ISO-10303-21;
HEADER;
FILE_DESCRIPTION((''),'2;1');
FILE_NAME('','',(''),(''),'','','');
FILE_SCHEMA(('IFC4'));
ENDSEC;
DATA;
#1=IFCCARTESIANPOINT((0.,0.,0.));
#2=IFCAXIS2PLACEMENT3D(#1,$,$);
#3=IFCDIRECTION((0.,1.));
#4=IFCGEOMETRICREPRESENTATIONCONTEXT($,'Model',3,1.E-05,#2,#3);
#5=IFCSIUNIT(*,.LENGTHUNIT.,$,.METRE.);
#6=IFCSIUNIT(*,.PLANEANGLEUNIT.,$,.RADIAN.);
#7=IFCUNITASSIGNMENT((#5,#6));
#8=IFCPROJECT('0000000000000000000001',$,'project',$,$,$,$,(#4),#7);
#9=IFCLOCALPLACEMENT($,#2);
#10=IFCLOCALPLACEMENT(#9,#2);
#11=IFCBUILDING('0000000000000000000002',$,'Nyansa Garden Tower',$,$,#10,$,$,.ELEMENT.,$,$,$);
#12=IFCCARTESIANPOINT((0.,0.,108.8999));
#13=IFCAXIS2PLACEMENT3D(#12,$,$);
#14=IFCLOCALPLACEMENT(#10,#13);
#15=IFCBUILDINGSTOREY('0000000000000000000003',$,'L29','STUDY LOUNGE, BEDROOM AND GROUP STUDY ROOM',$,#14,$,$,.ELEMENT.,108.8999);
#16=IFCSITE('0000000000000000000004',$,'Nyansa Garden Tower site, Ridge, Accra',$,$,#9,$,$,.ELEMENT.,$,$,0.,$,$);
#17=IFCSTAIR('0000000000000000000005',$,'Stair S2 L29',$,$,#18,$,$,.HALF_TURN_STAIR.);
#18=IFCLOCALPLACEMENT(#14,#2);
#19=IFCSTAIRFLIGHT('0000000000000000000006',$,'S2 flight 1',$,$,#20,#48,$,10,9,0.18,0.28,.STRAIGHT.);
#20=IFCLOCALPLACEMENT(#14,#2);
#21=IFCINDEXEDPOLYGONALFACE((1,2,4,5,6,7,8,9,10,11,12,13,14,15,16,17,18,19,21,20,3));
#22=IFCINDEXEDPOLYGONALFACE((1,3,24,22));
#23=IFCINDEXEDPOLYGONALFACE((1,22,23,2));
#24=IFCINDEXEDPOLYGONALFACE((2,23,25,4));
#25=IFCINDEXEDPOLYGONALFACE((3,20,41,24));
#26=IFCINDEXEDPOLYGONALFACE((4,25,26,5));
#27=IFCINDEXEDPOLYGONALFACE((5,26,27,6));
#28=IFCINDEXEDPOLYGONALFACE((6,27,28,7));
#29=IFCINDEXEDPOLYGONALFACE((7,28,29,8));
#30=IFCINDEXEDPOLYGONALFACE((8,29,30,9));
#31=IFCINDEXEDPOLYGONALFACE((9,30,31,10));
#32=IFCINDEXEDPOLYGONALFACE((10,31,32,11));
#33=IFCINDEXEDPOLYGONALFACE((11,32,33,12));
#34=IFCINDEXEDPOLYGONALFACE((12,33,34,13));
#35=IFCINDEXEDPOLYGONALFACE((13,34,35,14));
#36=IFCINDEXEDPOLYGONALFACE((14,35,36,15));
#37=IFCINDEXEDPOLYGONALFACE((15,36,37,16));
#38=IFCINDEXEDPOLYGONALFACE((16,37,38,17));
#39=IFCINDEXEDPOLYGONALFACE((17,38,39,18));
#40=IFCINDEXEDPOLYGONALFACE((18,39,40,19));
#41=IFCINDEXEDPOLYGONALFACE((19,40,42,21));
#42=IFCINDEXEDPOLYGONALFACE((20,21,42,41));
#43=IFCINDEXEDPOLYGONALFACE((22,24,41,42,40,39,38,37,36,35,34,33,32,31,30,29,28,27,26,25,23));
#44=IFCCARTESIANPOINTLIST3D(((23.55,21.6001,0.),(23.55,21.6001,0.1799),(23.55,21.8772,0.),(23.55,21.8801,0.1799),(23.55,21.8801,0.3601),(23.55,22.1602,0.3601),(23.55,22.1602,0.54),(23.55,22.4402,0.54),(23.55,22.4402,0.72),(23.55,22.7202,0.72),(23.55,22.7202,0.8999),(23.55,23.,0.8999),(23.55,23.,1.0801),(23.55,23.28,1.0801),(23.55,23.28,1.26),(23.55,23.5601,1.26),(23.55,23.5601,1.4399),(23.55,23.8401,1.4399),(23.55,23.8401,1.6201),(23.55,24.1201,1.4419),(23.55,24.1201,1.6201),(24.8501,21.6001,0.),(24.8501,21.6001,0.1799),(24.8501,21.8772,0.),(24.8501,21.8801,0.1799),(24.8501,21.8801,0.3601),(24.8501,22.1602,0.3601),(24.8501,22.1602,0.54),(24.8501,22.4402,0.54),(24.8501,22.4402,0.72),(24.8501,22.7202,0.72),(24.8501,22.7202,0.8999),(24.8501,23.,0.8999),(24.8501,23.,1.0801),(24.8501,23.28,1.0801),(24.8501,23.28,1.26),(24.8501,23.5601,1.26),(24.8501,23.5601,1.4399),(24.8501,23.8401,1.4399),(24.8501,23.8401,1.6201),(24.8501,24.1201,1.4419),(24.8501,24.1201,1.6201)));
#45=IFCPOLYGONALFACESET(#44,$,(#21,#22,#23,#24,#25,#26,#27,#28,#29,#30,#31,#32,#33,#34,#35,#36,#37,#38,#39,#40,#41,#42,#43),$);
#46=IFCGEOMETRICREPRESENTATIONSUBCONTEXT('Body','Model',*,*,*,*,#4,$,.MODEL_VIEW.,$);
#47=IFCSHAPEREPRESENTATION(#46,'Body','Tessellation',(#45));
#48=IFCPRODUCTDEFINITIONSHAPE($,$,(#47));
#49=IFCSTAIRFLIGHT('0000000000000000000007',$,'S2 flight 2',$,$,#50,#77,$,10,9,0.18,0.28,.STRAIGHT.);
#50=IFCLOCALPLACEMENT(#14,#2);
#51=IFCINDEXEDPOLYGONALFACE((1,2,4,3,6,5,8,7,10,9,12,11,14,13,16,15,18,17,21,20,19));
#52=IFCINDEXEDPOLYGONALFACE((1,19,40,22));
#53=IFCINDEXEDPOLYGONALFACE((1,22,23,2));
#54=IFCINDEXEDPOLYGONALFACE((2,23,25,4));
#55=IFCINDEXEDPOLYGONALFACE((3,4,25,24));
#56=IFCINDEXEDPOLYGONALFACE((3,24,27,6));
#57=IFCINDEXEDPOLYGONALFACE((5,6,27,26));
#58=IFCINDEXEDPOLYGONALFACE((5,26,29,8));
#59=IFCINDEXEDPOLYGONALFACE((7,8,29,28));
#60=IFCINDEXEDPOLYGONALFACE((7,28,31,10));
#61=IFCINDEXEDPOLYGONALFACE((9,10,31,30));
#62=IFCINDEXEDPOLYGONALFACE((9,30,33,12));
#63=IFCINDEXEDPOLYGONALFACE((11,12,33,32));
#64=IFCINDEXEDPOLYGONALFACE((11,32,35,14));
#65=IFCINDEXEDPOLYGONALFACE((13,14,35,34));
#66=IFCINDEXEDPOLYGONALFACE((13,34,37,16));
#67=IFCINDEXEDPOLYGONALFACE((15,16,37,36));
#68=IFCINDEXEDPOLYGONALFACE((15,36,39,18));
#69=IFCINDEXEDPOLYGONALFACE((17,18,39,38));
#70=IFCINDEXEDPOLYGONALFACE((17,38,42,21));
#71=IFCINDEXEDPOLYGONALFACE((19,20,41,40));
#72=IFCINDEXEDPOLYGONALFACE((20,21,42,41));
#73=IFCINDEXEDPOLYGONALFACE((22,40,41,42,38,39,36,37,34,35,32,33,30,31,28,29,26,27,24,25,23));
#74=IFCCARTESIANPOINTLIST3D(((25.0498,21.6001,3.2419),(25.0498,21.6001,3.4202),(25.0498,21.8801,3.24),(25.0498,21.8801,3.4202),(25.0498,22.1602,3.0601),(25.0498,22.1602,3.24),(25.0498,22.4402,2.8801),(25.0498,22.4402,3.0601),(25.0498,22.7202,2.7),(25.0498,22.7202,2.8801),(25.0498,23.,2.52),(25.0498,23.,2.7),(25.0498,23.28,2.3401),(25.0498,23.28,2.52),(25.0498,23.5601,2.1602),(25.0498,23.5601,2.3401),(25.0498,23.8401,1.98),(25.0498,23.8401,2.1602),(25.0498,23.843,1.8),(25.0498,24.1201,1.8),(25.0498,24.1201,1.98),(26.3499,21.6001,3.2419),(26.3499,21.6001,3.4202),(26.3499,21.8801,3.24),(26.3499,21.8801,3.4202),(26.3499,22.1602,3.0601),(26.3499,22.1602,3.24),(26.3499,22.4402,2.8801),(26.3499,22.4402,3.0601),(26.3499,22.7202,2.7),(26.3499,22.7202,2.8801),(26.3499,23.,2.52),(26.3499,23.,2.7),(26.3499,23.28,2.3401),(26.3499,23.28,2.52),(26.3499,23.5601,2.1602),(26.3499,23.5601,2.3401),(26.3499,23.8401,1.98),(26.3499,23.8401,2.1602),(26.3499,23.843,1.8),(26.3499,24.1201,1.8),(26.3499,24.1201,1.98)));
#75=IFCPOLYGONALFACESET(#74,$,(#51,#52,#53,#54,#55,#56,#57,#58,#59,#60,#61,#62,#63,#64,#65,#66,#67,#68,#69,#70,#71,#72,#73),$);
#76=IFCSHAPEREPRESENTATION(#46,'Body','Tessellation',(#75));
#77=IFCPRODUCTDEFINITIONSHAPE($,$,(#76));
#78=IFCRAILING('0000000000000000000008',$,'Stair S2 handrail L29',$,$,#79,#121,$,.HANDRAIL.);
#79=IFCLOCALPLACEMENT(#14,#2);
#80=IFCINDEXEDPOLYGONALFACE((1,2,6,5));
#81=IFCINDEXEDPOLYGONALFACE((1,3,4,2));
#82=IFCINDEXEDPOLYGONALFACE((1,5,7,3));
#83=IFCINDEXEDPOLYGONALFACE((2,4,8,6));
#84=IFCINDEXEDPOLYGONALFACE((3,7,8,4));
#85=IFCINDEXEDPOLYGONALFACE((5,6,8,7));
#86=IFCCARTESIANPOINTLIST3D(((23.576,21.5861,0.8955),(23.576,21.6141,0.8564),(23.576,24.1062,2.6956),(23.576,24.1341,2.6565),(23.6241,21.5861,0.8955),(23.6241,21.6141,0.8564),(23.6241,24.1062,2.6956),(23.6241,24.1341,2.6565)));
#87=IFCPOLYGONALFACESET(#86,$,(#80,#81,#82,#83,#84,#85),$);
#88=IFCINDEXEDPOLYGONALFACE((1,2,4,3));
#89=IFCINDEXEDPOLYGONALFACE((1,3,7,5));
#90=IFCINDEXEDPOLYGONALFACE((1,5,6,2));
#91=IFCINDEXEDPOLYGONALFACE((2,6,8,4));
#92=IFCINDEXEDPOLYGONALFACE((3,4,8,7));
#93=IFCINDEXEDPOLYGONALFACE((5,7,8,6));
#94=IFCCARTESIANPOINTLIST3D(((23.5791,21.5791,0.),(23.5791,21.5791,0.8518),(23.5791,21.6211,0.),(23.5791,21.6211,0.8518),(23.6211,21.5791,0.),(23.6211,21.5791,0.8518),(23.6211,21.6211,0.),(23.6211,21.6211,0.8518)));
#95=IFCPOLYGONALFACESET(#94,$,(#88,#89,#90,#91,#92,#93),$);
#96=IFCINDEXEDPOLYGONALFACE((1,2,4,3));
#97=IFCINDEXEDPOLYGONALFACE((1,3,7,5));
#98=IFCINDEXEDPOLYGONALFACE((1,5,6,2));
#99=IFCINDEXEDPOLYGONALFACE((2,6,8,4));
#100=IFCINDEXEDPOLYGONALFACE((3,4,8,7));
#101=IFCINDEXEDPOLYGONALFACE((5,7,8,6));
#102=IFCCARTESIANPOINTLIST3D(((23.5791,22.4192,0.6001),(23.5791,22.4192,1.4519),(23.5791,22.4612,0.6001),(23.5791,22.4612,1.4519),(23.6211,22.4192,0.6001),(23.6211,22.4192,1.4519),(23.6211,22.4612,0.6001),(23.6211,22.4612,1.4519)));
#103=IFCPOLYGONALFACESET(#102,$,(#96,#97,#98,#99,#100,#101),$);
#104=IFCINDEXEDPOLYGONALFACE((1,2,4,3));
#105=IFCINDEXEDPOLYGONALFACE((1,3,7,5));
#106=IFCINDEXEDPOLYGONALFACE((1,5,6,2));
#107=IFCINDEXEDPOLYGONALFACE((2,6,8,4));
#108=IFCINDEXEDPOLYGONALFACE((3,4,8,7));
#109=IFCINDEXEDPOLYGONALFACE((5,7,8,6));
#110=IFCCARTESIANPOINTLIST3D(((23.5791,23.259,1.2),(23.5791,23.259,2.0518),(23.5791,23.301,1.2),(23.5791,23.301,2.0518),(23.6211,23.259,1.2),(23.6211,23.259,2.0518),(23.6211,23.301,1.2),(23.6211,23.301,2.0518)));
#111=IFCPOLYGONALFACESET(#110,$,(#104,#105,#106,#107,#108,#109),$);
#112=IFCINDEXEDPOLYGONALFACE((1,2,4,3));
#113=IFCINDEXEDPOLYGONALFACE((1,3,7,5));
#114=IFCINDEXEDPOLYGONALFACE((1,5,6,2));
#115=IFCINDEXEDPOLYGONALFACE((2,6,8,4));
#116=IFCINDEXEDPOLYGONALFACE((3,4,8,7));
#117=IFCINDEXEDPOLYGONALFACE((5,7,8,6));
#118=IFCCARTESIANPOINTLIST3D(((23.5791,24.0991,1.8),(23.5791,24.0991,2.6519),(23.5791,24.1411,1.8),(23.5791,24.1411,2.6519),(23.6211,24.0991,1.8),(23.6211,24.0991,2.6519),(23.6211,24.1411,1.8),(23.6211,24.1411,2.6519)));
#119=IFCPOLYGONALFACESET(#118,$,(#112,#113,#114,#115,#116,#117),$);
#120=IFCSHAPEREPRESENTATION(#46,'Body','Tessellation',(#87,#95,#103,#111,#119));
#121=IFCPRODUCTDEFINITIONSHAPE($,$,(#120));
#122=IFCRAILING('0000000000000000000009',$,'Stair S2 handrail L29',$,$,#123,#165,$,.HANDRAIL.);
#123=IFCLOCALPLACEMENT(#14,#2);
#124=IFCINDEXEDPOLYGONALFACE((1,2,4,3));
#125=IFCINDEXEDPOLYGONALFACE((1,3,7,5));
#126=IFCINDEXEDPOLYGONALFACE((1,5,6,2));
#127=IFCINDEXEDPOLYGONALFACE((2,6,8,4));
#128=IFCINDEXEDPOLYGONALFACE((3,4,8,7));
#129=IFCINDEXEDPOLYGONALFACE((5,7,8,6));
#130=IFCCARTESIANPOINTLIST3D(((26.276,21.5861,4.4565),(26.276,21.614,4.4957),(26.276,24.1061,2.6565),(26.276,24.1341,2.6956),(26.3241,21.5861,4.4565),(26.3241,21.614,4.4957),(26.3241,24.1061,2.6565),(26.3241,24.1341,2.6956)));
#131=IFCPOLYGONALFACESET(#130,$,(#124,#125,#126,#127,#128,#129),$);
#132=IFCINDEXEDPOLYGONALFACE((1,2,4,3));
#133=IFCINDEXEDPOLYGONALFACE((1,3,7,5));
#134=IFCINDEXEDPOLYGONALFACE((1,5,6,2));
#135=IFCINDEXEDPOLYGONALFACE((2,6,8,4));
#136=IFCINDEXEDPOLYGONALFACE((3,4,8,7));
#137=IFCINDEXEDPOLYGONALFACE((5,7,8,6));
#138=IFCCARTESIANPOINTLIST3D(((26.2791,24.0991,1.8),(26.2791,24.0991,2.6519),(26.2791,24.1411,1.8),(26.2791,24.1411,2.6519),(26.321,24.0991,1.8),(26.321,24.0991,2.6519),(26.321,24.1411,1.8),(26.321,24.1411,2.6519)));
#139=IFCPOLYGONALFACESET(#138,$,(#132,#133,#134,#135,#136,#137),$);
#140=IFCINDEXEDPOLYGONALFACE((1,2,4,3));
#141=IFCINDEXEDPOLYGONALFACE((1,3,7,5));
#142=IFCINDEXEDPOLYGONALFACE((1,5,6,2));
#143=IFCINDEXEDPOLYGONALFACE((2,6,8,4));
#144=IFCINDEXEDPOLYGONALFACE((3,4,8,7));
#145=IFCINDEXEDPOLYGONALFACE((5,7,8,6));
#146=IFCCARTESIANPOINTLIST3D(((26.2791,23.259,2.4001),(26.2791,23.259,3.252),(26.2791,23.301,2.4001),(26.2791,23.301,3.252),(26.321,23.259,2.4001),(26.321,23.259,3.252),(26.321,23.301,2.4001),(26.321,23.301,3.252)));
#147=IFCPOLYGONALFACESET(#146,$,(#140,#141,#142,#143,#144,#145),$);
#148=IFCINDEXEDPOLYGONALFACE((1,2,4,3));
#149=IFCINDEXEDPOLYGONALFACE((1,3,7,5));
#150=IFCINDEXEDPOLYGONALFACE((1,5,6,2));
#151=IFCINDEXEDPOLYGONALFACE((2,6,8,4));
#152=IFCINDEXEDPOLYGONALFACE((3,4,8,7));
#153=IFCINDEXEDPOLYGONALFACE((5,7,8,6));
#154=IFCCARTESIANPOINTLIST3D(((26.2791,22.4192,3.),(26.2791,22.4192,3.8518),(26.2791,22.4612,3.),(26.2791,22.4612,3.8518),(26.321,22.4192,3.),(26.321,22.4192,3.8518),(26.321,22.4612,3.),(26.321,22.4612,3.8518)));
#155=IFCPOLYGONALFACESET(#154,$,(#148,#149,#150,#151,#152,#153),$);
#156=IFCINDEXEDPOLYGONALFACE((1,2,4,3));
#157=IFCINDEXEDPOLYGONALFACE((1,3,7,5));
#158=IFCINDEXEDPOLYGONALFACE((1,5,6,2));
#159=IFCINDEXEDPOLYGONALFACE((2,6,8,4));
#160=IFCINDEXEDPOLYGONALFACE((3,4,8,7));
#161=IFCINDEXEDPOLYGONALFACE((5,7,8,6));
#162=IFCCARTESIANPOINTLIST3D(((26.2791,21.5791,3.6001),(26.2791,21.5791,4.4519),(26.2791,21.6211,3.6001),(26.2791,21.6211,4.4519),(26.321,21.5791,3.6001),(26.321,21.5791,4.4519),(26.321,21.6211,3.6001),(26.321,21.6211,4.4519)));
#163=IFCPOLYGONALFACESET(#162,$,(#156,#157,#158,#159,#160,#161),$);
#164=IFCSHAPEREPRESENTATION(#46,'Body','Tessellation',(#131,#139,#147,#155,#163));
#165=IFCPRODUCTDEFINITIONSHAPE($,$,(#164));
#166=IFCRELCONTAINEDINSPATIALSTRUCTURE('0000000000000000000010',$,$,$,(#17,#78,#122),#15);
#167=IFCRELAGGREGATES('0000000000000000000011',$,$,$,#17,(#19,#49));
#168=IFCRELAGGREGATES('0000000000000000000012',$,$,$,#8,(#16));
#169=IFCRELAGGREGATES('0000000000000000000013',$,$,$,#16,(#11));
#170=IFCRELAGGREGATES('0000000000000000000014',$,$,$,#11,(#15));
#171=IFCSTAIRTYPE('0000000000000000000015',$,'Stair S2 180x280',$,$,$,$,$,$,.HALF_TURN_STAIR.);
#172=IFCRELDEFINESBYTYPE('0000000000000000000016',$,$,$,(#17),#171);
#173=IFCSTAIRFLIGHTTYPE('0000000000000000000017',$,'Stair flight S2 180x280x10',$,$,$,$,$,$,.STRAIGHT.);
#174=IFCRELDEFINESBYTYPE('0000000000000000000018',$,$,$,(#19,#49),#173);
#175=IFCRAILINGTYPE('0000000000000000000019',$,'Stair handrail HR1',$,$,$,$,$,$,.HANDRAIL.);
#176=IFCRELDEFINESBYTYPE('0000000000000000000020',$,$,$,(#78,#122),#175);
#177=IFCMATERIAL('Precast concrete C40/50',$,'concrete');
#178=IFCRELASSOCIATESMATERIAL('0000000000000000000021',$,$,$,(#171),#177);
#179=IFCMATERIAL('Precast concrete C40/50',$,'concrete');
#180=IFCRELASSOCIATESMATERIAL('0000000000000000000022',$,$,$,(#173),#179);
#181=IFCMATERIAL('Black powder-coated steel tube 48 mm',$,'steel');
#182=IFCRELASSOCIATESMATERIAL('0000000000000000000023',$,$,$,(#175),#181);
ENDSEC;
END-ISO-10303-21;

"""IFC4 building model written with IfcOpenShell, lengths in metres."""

from ifc_helpers import new_model, si_unit, direction, frame, origin, origin_2d, place, context, subcontext, project, spatial, polyline, rectangle, outline, extrude, material, type_object, element, aggregate, save


model = new_model("IFC4")

# Units and contexts
model_context = context("Model", 3, precision=1e-05, world=origin(), true_north=direction((0.0, 1.0)))
body_context = subcontext(model_context, "Body", "Model", "MODEL_VIEW")
ifc_project = project(units=[si_unit("LENGTHUNIT", "METRE"), si_unit("PLANEANGLEUNIT", "RADIAN")], contexts=[model_context])

# Site, building, storey
site_placement = place(None, origin())
site = spatial("IfcSite", under=ifc_project, at=site_placement, Name="Nyansa Garden Tower site, Ridge, Accra", CompositionType="ELEMENT", RefElevation=0.0)
building_placement = place(site_placement, origin())
building = spatial("IfcBuilding", under=site, at=building_placement, Name="Nyansa Garden Tower", CompositionType="ELEMENT")
storey_placement = place(building_placement, frame((0.0, 0.0, 108.8999)))
storey = spatial("IfcBuildingStorey", under=building, at=storey_placement, Name="L29", Description="STUDY LOUNGE, BEDROOM AND GROUP STUDY ROOM", CompositionType="ELEMENT", Elevation=108.8999)

# Stair, stair flights
ifc_material_1 = material(Name="Precast concrete C40/50", Category="concrete")
stair_type = type_object("IfcStairType", Name="Stair S2 180x280", PredefinedType="HALF_TURN_STAIR", material=ifc_material_1)
stair_placement = place(storey_placement, origin())
stair = element("IfcStair", 1, at=stair_placement, inside=storey, type_object=stair_type, Name="Stair S2 L29", PredefinedType="HALF_TURN_STAIR")
ifc_material_2 = material(Name="Precast concrete C40/50", Category="concrete")
stair_flight_type = type_object("IfcStairFlightType", Name="Stair flight S2 180x280x10", PredefinedType="STRAIGHT", material=ifc_material_2)
stair_flight_1_placement = place(storey_placement, frame((24.2, 21.6001, 0.0), z_axis=(0.0, 0.0, 1.0), x_axis=(0.0, 1.0, 0.0)))
stair_flight_1 = element("IfcStairFlight", 2, at=stair_flight_1_placement, type_object=stair_flight_type, Name="S2 flight 1", NumberOfRisers=10, NumberOfTreads=9, PredefinedType="STRAIGHT", RiserHeight=0.18, TreadLength=0.28, context=body_context, shape_type="SweptSolid", body=[
    extrude(outline(polyline([(0.0, 0.0), (0.0, 0.1799), (0.28, 0.1799), (0.28, 0.3601), (0.5601, 0.3601), (0.5601, 0.54), (0.8401, 0.54), (0.8401, 0.72), (1.1201, 0.72), (1.1201, 0.8999), (1.3999, 0.8999), (1.3999, 1.0801), (1.6799, 1.0801), (1.6799, 1.26), (1.96, 1.26), (1.96, 1.4399), (2.24, 1.4399), (2.24, 1.6201), (2.52, 1.6201), (2.52, 1.8), (2.52, 1.4419), (0.2771, 0.0), (0.0, 0.0)])), frame((0.0, 0.6499, 0.0), z_axis=(0.0, -1.0, 0.0), x_axis=(1.0, 0.0, 0.0)), (0.0, 0.0, 1.0), 1.3),
])
stair_flight_2_placement = place(storey_placement, frame((25.7, 24.1201, 1.8), z_axis=(0.0, 0.0, 1.0), x_axis=(0.0, -1.0, 0.0)))
stair_flight_2 = element("IfcStairFlight", 3, at=stair_flight_2_placement, type_object=stair_flight_type, Name="S2 flight 2", NumberOfRisers=10, NumberOfTreads=9, PredefinedType="STRAIGHT", RiserHeight=0.18, TreadLength=0.28, context=body_context, shape_type="SweptSolid", body=[
    extrude(outline(polyline([(0.0, 0.0), (0.0, 0.1799), (0.28, 0.1799), (0.28, 0.3601), (0.5601, 0.3601), (0.5601, 0.54), (0.8401, 0.54), (0.8401, 0.72), (1.1201, 0.72), (1.1201, 0.8999), (1.3999, 0.8999), (1.3999, 1.0801), (1.6799, 1.0801), (1.6799, 1.26), (1.96, 1.26), (1.96, 1.4399), (2.24, 1.4399), (2.24, 1.6201), (2.52, 1.6201), (2.52, 1.8), (2.52, 1.4419), (0.2771, 0.0), (0.0, 0.0)])), frame((0.0, 0.6499, 0.0), z_axis=(0.0, -1.0, 0.0), x_axis=(1.0, 0.0, 0.0)), (0.0, 0.0, 1.0), 1.3),
])
aggregate(stair, [stair_flight_1, stair_flight_2])

# Railings
ifc_material_3 = material(Name="Black powder-coated steel tube 48 mm", Category="steel")
railing_type = type_object("IfcRailingType", Name="Stair handrail HR1", PredefinedType="HANDRAIL", material=ifc_material_3)
railing_1_placement = place(storey_placement, frame((23.6001, 21.6001, 0.0)))
element("IfcRailing", 4, at=railing_1_placement, inside=storey, type_object=railing_type, Name="Stair S2 handrail L29", PredefinedType="HANDRAIL", context=body_context, shape_type="SweptSolid", body=[
    extrude(rectangle(XDim=0.0481, YDim=0.0481, at=origin_2d()), frame((0.0, 0.0, 0.876), z_axis=(0.0, 0.813728, 0.581246), x_axis=(-1.0, 0.0, 0.0)), (0.0, 0.0, 1.0), 3.0969),
    extrude(rectangle(XDim=0.042, YDim=0.042, at=origin_2d()), origin(), (0.0, 0.0, 1.0), 0.8518),
    extrude(rectangle(XDim=0.042, YDim=0.042, at=origin_2d()), frame((0.0, 0.8401, 0.6001)), (0.0, 0.0, 1.0), 0.8518),
    extrude(rectangle(XDim=0.042, YDim=0.042, at=origin_2d()), frame((0.0, 1.6799, 1.2)), (0.0, 0.0, 1.0), 0.8518),
    extrude(rectangle(XDim=0.042, YDim=0.042, at=origin_2d()), frame((0.0, 2.52, 1.8)), (0.0, 0.0, 1.0), 0.8518),
])
railing_2_placement = place(storey_placement, frame((26.3, 24.1201, 1.8)))
element("IfcRailing", 5, at=railing_2_placement, inside=storey, type_object=railing_type, Name="Stair S2 handrail L29", PredefinedType="HANDRAIL", context=body_context, shape_type="SweptSolid", body=[
    extrude(rectangle(XDim=0.0481, YDim=0.0481, at=origin_2d()), frame((0.0, 0.0, 0.876), z_axis=(0.0, -0.813728, 0.581246), x_axis=(1.0, 0.0, 0.0)), (0.0, 0.0, 1.0), 3.0969),
    extrude(rectangle(XDim=0.042, YDim=0.042, at=origin_2d()), origin(), (0.0, 0.0, 1.0), 0.8518),
    extrude(rectangle(XDim=0.042, YDim=0.042, at=origin_2d()), frame((0.0, -0.8401, 0.6001)), (0.0, 0.0, 1.0), 0.8518),
    extrude(rectangle(XDim=0.042, YDim=0.042, at=origin_2d()), frame((0.0, -1.6799, 1.2)), (0.0, 0.0, 1.0), 0.8518),
    extrude(rectangle(XDim=0.042, YDim=0.042, at=origin_2d()), frame((0.0, -2.52, 1.8)), (0.0, 0.0, 1.0), 0.8518),
])

save(model, "model.ifc")
